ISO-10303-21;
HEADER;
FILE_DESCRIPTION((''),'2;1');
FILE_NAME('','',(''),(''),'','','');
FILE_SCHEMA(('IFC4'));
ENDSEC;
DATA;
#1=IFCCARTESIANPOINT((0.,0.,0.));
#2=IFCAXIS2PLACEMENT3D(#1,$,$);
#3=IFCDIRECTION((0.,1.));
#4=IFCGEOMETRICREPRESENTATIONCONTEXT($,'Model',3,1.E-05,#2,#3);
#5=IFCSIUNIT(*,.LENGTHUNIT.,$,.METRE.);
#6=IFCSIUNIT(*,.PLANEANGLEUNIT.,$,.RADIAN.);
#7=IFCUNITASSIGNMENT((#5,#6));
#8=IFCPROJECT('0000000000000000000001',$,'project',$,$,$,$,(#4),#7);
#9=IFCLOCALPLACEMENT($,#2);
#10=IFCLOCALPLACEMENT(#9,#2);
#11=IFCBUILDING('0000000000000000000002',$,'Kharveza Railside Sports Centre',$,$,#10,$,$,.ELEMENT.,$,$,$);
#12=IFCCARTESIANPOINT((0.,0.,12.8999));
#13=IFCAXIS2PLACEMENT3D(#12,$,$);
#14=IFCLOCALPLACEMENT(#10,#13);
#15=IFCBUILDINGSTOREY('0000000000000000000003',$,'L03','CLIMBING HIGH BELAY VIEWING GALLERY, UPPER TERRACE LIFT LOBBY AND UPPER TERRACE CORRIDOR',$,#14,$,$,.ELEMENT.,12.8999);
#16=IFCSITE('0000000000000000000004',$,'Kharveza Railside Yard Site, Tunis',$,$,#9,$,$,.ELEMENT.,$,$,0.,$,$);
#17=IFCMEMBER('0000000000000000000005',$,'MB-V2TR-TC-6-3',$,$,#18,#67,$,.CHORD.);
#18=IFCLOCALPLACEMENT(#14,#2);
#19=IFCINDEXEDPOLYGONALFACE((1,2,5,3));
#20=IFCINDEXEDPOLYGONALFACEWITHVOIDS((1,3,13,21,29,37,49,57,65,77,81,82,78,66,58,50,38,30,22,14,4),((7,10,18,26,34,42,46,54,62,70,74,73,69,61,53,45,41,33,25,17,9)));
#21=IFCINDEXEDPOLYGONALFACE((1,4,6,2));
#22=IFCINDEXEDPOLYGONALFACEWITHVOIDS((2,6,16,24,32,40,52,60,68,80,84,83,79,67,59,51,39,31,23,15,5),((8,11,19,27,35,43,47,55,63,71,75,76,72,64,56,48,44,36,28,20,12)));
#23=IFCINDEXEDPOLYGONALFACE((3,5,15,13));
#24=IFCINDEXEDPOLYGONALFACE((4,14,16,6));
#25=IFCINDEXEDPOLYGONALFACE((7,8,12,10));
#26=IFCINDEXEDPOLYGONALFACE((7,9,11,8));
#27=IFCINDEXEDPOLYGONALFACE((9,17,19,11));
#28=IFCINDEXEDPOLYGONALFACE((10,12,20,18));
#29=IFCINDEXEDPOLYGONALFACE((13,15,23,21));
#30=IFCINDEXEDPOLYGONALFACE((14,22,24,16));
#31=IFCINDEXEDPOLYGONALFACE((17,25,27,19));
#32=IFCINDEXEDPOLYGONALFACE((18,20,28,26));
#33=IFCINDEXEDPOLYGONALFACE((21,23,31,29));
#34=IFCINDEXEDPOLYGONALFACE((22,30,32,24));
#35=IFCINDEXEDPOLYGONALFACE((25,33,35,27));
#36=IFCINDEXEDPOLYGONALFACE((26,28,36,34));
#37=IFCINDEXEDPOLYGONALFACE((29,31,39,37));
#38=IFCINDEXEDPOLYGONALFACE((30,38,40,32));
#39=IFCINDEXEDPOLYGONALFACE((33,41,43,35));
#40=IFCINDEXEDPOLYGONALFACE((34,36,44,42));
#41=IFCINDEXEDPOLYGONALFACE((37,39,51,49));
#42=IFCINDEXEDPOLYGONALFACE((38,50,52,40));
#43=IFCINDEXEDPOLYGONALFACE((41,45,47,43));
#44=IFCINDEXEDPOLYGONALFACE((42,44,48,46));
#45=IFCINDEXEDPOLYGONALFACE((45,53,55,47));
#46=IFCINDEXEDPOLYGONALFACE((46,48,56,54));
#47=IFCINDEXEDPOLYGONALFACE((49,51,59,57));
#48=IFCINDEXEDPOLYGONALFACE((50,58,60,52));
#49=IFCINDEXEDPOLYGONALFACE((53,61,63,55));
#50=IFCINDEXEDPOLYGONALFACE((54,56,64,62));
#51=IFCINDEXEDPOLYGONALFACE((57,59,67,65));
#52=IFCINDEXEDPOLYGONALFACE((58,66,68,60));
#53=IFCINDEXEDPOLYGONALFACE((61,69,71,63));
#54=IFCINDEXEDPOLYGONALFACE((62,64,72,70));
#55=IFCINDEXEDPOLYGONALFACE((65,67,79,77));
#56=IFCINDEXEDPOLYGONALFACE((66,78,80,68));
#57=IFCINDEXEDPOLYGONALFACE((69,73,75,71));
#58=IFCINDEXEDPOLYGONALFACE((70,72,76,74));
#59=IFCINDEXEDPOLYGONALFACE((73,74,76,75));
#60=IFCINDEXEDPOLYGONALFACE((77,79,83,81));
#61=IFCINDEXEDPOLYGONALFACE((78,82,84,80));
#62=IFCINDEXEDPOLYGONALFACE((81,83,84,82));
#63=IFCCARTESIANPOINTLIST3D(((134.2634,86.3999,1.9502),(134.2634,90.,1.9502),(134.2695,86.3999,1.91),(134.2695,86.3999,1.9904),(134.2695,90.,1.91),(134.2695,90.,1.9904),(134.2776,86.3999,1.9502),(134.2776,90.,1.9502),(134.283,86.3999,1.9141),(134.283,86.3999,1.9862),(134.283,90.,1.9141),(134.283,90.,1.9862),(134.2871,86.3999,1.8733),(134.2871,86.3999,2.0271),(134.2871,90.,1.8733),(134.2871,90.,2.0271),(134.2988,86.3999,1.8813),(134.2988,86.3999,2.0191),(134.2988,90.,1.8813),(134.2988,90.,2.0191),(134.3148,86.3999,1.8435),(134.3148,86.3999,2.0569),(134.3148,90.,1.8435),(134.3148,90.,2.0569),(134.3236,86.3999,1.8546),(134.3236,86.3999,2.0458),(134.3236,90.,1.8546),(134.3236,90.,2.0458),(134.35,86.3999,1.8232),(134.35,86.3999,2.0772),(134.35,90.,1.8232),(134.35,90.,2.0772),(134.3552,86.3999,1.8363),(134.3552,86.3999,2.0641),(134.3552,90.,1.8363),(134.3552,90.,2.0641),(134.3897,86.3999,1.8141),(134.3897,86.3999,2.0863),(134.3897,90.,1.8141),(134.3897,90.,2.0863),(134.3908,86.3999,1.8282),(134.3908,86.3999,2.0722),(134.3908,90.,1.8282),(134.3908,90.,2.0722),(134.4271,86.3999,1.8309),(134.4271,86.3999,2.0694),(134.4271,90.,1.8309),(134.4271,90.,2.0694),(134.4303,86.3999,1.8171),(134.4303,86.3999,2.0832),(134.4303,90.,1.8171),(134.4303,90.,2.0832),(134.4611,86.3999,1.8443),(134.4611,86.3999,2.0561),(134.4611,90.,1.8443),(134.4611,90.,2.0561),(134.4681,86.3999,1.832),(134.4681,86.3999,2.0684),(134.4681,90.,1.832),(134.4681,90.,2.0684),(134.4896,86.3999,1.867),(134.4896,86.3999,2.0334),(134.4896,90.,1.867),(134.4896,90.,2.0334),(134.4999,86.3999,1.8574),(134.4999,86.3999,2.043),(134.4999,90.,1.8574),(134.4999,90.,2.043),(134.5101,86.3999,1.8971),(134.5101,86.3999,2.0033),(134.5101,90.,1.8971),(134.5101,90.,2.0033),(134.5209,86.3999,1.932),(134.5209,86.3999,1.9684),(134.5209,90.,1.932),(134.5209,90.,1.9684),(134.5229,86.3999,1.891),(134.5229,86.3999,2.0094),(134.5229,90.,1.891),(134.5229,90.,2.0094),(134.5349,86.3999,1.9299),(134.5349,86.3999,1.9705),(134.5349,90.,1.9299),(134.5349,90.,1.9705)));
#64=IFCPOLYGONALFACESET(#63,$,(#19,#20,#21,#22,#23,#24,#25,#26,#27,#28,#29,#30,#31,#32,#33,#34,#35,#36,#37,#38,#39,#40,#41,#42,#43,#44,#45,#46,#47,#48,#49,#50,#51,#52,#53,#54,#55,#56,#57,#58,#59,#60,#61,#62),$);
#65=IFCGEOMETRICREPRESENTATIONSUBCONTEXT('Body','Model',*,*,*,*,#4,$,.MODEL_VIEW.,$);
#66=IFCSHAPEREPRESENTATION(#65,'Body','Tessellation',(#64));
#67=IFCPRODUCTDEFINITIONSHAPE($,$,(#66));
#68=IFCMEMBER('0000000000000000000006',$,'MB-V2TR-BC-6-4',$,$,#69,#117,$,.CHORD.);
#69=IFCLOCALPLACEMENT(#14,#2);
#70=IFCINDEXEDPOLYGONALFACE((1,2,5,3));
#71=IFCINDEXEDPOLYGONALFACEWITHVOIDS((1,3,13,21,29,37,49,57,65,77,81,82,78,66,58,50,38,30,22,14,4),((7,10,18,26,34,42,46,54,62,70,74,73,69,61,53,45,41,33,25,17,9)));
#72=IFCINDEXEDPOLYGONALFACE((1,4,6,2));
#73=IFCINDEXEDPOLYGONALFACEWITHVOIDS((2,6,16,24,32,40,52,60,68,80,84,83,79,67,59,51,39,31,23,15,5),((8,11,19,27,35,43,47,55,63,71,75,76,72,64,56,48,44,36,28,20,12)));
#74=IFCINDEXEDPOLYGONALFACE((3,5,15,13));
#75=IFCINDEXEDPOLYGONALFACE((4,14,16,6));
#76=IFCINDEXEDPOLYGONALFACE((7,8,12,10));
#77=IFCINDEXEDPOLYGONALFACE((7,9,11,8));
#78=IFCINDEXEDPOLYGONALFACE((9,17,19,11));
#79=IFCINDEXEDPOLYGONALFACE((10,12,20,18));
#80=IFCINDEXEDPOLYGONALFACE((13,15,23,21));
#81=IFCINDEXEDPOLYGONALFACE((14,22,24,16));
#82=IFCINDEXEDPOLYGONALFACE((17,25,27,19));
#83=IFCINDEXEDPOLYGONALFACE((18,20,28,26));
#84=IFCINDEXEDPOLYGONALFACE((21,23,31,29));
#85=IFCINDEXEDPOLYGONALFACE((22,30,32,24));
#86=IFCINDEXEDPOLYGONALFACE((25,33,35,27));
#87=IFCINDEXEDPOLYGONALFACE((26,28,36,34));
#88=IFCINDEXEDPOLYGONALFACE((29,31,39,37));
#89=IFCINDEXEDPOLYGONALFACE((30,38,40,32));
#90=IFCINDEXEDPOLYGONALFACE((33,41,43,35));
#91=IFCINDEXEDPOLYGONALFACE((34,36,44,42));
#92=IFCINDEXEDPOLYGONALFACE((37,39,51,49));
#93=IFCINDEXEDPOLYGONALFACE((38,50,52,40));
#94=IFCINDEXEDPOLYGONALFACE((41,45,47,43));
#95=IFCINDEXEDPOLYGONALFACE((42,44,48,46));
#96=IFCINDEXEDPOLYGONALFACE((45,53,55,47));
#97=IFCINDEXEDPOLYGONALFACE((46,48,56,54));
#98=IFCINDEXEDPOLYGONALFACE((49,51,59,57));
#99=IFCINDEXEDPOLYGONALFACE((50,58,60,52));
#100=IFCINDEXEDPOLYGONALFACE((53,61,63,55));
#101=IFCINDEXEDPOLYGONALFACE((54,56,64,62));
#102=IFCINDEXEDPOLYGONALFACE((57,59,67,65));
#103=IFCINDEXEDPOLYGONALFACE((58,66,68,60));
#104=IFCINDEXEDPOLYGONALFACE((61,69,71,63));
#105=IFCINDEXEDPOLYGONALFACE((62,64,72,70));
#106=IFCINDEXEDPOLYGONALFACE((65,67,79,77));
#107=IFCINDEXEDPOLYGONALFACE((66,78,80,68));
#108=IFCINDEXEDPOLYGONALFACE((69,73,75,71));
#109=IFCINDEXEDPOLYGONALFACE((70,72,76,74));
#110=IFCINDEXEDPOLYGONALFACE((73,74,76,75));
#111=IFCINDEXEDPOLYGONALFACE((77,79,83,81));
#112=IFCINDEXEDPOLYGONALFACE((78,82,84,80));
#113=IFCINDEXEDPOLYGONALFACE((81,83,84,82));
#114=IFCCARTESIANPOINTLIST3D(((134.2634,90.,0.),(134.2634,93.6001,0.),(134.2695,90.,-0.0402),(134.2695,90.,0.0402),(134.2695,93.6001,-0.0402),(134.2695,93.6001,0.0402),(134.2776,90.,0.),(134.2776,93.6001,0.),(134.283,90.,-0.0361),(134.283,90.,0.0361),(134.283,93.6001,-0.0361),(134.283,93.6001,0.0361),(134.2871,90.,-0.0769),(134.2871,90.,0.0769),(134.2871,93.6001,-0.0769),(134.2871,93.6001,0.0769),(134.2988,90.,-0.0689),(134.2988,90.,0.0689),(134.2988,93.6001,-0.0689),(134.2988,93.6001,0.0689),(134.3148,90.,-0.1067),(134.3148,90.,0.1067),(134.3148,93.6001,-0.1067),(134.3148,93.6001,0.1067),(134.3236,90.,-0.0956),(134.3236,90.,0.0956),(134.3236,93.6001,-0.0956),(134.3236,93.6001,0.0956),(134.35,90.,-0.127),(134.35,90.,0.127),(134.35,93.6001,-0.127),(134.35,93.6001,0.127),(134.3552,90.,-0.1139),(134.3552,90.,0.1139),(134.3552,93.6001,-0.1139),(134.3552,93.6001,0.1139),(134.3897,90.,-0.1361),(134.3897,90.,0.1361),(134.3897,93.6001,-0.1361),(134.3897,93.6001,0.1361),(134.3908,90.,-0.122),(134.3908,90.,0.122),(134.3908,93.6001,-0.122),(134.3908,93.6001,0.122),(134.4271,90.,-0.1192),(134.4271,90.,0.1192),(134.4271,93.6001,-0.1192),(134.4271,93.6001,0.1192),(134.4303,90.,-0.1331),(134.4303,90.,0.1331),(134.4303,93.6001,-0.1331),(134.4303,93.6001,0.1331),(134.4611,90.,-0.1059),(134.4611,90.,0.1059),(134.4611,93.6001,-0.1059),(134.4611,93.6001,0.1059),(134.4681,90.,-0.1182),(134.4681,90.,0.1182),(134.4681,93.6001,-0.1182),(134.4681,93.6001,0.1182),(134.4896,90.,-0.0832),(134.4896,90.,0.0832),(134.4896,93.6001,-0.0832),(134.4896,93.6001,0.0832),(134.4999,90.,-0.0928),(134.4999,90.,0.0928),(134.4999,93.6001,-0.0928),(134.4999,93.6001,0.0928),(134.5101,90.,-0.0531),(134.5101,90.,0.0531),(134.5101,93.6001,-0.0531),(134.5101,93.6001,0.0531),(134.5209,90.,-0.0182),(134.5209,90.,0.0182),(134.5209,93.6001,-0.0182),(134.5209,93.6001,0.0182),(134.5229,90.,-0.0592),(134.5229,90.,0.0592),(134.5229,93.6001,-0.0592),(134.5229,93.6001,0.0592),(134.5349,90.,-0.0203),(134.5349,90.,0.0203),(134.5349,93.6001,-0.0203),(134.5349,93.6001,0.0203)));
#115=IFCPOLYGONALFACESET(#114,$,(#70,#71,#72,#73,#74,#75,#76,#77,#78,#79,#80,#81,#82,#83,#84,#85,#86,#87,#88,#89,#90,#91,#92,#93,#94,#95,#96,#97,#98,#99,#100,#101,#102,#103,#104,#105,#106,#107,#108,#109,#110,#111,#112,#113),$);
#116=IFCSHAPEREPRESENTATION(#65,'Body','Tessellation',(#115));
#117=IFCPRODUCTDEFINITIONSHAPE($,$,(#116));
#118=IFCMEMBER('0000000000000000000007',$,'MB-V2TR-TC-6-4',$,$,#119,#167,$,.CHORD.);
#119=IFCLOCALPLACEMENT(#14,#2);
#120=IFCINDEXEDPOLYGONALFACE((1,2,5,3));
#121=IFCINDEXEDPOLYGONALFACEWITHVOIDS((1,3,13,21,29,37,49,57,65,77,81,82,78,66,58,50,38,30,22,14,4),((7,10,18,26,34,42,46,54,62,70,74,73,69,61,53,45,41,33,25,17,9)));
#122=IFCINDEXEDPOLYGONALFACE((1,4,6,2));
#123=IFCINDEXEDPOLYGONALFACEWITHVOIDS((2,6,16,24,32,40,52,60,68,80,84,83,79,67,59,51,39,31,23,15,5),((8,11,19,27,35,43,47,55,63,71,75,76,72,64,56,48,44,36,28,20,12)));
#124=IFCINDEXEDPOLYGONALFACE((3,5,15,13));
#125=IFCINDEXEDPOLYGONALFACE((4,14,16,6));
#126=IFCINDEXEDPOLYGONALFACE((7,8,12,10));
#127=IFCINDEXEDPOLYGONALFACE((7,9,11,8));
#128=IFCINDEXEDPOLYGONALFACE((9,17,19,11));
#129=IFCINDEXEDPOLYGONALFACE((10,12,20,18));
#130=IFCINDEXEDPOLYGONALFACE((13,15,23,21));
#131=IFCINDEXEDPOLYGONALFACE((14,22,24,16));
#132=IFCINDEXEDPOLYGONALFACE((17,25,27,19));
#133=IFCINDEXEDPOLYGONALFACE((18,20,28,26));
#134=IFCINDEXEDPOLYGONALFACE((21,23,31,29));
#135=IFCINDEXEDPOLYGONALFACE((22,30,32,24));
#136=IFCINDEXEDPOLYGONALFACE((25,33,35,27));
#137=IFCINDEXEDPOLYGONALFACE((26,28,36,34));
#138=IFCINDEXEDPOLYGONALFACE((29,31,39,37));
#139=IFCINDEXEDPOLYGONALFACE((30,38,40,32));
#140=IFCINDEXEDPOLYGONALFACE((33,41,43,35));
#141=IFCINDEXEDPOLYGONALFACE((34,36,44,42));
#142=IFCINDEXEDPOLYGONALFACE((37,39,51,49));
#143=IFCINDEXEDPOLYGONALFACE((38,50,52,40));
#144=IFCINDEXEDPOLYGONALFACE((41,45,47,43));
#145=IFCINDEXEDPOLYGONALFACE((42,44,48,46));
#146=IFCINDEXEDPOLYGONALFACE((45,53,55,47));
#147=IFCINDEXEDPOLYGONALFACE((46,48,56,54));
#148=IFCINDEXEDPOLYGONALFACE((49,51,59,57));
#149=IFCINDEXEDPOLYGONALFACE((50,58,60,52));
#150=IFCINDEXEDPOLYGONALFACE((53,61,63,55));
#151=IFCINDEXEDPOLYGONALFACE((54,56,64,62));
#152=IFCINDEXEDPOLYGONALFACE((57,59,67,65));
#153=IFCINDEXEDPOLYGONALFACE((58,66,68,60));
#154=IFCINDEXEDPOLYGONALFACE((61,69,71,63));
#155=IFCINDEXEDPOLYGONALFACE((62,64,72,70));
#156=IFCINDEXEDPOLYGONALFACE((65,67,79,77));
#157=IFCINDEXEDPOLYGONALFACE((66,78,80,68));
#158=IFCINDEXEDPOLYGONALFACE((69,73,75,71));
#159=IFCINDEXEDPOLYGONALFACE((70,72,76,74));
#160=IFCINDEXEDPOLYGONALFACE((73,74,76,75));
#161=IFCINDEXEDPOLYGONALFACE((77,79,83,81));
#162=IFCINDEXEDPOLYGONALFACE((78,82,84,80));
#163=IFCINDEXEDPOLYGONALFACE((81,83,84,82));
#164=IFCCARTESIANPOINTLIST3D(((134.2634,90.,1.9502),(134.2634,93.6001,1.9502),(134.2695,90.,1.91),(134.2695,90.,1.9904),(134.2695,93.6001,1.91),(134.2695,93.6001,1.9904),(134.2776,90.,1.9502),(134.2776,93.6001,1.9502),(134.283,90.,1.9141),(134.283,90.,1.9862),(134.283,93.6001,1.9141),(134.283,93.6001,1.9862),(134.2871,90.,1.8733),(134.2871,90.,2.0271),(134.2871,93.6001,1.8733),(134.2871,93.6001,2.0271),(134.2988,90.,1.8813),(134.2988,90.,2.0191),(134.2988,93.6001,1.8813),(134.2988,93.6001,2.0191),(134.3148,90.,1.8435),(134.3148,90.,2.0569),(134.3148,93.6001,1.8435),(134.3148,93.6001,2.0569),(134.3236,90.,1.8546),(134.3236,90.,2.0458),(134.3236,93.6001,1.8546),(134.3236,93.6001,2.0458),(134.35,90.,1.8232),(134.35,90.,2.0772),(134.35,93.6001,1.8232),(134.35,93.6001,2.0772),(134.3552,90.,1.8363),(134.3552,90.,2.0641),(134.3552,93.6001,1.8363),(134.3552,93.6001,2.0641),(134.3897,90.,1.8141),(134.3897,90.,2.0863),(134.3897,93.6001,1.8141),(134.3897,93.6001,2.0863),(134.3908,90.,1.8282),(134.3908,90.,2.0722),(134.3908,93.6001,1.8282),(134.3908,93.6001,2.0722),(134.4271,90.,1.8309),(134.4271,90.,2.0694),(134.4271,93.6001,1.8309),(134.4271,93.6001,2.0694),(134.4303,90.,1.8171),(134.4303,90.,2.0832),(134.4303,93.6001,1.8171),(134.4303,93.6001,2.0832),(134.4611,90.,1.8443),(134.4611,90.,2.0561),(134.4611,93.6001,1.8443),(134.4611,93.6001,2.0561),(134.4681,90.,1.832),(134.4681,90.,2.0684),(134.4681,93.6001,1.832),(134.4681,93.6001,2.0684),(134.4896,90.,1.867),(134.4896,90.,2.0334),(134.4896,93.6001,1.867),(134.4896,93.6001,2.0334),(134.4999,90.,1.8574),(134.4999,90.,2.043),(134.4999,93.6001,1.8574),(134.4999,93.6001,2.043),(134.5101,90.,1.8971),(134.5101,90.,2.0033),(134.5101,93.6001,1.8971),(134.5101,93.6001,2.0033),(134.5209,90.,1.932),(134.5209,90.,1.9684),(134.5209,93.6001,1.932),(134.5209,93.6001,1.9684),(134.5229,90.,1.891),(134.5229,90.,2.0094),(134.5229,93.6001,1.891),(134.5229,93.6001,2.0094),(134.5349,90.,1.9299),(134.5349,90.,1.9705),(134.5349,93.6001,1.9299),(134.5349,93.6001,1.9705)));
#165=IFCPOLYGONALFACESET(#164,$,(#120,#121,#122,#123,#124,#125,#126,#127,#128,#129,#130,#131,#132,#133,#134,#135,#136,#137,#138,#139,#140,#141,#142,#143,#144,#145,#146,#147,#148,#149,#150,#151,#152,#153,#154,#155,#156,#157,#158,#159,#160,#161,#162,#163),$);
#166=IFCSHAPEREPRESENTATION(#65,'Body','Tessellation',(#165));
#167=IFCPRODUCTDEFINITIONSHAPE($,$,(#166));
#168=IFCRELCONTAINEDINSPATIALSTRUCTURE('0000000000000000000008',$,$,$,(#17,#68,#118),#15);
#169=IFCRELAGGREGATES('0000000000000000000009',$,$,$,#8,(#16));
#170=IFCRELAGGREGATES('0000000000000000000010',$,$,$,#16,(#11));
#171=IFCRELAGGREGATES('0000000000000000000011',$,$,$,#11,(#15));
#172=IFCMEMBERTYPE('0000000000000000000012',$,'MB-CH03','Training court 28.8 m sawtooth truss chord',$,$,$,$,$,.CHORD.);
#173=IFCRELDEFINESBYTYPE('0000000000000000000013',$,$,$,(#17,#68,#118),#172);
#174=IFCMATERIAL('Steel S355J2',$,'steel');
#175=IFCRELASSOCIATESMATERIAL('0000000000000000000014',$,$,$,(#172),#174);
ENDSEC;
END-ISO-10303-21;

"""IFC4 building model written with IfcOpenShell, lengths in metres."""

from ifc_helpers import new_model, si_unit, direction, frame, origin, origin_2d, place, context, subcontext, project, spatial, hollow_circle, extrude, material, material_profile, profile_set, type_object, element, save


model = new_model("IFC4")

# Units and contexts
model_context = context("Model", 3, precision=1e-05, world=origin(), true_north=direction((0.0, 1.0)))
body_context = subcontext(model_context, "Body", "Model", "MODEL_VIEW")
ifc_project = project(units=[si_unit("LENGTHUNIT", "METRE"), si_unit("PLANEANGLEUNIT", "RADIAN")], contexts=[model_context])

# Site, building, storey
site_placement = place(None, origin())
site = spatial("IfcSite", under=ifc_project, at=site_placement, Name="Kharveza Railside Yard Site, Tunis", CompositionType="ELEMENT", RefElevation=0.0)
building_placement = place(site_placement, origin())
building = spatial("IfcBuilding", under=site, at=building_placement, Name="Kharveza Railside Sports Centre", CompositionType="ELEMENT")
storey_placement = place(building_placement, frame((0.0, 0.0, 12.8999)))
storey = spatial("IfcBuildingStorey", under=building, at=storey_placement, Name="L03", Description="CLIMBING HIGH BELAY VIEWING GALLERY, UPPER TERRACE LIFT LOBBY AND UPPER TERRACE CORRIDOR", CompositionType="ELEMENT", Elevation=12.8999)

# Shared definitions
ifc_material_1 = material(Name="Steel S355J2", Category="steel")

# Members
ifc_material_profile_1 = material_profile(ifc_material_1, hollow_circle(Radius=0.1365, WallThickness=0.0142, at=origin_2d()), Name="CHS 273.0x14.2")
ifc_profile_set_1 = profile_set([ifc_material_profile_1], Name="Steel S355J2")
member_type_1 = type_object("IfcMemberType", Name="MB-CH03", Description="Training court 28.8 m sawtooth truss chord", PredefinedType="CHORD", material=ifc_profile_set_1)
for number, where, z_axis, x_axis, name in (
    (1, (134.3999, 86.3999, 1.9502), (0.0, 1.0, 0.0), (-1.0, 0.0, 0.0), "MB-V2TR-TC-6-3"),
    (2, (134.3999, 90.0, 0.0), (0.0, 1.0, 0.0), (-1.0, 0.0, 0.0), "MB-V2TR-BC-6-4"),
    (3, (134.3999, 90.0, 1.9502), (0.0, 1.0, 0.0), (-1.0, 0.0, 0.0), "MB-V2TR-TC-6-4"),
):
    element("IfcMember", number, at=place(storey_placement, frame(where, z_axis=z_axis, x_axis=x_axis)), inside=storey, type_object=member_type_1, Name=name, PredefinedType="CHORD", context=body_context, shape_type="SweptSolid", body=[
        extrude(hollow_circle(Radius=0.1365, WallThickness=0.0142, at=origin_2d()), origin(), (0.0, 0.0, 1.0), 3.6001),
    ])

save(model, "model.ifc")
